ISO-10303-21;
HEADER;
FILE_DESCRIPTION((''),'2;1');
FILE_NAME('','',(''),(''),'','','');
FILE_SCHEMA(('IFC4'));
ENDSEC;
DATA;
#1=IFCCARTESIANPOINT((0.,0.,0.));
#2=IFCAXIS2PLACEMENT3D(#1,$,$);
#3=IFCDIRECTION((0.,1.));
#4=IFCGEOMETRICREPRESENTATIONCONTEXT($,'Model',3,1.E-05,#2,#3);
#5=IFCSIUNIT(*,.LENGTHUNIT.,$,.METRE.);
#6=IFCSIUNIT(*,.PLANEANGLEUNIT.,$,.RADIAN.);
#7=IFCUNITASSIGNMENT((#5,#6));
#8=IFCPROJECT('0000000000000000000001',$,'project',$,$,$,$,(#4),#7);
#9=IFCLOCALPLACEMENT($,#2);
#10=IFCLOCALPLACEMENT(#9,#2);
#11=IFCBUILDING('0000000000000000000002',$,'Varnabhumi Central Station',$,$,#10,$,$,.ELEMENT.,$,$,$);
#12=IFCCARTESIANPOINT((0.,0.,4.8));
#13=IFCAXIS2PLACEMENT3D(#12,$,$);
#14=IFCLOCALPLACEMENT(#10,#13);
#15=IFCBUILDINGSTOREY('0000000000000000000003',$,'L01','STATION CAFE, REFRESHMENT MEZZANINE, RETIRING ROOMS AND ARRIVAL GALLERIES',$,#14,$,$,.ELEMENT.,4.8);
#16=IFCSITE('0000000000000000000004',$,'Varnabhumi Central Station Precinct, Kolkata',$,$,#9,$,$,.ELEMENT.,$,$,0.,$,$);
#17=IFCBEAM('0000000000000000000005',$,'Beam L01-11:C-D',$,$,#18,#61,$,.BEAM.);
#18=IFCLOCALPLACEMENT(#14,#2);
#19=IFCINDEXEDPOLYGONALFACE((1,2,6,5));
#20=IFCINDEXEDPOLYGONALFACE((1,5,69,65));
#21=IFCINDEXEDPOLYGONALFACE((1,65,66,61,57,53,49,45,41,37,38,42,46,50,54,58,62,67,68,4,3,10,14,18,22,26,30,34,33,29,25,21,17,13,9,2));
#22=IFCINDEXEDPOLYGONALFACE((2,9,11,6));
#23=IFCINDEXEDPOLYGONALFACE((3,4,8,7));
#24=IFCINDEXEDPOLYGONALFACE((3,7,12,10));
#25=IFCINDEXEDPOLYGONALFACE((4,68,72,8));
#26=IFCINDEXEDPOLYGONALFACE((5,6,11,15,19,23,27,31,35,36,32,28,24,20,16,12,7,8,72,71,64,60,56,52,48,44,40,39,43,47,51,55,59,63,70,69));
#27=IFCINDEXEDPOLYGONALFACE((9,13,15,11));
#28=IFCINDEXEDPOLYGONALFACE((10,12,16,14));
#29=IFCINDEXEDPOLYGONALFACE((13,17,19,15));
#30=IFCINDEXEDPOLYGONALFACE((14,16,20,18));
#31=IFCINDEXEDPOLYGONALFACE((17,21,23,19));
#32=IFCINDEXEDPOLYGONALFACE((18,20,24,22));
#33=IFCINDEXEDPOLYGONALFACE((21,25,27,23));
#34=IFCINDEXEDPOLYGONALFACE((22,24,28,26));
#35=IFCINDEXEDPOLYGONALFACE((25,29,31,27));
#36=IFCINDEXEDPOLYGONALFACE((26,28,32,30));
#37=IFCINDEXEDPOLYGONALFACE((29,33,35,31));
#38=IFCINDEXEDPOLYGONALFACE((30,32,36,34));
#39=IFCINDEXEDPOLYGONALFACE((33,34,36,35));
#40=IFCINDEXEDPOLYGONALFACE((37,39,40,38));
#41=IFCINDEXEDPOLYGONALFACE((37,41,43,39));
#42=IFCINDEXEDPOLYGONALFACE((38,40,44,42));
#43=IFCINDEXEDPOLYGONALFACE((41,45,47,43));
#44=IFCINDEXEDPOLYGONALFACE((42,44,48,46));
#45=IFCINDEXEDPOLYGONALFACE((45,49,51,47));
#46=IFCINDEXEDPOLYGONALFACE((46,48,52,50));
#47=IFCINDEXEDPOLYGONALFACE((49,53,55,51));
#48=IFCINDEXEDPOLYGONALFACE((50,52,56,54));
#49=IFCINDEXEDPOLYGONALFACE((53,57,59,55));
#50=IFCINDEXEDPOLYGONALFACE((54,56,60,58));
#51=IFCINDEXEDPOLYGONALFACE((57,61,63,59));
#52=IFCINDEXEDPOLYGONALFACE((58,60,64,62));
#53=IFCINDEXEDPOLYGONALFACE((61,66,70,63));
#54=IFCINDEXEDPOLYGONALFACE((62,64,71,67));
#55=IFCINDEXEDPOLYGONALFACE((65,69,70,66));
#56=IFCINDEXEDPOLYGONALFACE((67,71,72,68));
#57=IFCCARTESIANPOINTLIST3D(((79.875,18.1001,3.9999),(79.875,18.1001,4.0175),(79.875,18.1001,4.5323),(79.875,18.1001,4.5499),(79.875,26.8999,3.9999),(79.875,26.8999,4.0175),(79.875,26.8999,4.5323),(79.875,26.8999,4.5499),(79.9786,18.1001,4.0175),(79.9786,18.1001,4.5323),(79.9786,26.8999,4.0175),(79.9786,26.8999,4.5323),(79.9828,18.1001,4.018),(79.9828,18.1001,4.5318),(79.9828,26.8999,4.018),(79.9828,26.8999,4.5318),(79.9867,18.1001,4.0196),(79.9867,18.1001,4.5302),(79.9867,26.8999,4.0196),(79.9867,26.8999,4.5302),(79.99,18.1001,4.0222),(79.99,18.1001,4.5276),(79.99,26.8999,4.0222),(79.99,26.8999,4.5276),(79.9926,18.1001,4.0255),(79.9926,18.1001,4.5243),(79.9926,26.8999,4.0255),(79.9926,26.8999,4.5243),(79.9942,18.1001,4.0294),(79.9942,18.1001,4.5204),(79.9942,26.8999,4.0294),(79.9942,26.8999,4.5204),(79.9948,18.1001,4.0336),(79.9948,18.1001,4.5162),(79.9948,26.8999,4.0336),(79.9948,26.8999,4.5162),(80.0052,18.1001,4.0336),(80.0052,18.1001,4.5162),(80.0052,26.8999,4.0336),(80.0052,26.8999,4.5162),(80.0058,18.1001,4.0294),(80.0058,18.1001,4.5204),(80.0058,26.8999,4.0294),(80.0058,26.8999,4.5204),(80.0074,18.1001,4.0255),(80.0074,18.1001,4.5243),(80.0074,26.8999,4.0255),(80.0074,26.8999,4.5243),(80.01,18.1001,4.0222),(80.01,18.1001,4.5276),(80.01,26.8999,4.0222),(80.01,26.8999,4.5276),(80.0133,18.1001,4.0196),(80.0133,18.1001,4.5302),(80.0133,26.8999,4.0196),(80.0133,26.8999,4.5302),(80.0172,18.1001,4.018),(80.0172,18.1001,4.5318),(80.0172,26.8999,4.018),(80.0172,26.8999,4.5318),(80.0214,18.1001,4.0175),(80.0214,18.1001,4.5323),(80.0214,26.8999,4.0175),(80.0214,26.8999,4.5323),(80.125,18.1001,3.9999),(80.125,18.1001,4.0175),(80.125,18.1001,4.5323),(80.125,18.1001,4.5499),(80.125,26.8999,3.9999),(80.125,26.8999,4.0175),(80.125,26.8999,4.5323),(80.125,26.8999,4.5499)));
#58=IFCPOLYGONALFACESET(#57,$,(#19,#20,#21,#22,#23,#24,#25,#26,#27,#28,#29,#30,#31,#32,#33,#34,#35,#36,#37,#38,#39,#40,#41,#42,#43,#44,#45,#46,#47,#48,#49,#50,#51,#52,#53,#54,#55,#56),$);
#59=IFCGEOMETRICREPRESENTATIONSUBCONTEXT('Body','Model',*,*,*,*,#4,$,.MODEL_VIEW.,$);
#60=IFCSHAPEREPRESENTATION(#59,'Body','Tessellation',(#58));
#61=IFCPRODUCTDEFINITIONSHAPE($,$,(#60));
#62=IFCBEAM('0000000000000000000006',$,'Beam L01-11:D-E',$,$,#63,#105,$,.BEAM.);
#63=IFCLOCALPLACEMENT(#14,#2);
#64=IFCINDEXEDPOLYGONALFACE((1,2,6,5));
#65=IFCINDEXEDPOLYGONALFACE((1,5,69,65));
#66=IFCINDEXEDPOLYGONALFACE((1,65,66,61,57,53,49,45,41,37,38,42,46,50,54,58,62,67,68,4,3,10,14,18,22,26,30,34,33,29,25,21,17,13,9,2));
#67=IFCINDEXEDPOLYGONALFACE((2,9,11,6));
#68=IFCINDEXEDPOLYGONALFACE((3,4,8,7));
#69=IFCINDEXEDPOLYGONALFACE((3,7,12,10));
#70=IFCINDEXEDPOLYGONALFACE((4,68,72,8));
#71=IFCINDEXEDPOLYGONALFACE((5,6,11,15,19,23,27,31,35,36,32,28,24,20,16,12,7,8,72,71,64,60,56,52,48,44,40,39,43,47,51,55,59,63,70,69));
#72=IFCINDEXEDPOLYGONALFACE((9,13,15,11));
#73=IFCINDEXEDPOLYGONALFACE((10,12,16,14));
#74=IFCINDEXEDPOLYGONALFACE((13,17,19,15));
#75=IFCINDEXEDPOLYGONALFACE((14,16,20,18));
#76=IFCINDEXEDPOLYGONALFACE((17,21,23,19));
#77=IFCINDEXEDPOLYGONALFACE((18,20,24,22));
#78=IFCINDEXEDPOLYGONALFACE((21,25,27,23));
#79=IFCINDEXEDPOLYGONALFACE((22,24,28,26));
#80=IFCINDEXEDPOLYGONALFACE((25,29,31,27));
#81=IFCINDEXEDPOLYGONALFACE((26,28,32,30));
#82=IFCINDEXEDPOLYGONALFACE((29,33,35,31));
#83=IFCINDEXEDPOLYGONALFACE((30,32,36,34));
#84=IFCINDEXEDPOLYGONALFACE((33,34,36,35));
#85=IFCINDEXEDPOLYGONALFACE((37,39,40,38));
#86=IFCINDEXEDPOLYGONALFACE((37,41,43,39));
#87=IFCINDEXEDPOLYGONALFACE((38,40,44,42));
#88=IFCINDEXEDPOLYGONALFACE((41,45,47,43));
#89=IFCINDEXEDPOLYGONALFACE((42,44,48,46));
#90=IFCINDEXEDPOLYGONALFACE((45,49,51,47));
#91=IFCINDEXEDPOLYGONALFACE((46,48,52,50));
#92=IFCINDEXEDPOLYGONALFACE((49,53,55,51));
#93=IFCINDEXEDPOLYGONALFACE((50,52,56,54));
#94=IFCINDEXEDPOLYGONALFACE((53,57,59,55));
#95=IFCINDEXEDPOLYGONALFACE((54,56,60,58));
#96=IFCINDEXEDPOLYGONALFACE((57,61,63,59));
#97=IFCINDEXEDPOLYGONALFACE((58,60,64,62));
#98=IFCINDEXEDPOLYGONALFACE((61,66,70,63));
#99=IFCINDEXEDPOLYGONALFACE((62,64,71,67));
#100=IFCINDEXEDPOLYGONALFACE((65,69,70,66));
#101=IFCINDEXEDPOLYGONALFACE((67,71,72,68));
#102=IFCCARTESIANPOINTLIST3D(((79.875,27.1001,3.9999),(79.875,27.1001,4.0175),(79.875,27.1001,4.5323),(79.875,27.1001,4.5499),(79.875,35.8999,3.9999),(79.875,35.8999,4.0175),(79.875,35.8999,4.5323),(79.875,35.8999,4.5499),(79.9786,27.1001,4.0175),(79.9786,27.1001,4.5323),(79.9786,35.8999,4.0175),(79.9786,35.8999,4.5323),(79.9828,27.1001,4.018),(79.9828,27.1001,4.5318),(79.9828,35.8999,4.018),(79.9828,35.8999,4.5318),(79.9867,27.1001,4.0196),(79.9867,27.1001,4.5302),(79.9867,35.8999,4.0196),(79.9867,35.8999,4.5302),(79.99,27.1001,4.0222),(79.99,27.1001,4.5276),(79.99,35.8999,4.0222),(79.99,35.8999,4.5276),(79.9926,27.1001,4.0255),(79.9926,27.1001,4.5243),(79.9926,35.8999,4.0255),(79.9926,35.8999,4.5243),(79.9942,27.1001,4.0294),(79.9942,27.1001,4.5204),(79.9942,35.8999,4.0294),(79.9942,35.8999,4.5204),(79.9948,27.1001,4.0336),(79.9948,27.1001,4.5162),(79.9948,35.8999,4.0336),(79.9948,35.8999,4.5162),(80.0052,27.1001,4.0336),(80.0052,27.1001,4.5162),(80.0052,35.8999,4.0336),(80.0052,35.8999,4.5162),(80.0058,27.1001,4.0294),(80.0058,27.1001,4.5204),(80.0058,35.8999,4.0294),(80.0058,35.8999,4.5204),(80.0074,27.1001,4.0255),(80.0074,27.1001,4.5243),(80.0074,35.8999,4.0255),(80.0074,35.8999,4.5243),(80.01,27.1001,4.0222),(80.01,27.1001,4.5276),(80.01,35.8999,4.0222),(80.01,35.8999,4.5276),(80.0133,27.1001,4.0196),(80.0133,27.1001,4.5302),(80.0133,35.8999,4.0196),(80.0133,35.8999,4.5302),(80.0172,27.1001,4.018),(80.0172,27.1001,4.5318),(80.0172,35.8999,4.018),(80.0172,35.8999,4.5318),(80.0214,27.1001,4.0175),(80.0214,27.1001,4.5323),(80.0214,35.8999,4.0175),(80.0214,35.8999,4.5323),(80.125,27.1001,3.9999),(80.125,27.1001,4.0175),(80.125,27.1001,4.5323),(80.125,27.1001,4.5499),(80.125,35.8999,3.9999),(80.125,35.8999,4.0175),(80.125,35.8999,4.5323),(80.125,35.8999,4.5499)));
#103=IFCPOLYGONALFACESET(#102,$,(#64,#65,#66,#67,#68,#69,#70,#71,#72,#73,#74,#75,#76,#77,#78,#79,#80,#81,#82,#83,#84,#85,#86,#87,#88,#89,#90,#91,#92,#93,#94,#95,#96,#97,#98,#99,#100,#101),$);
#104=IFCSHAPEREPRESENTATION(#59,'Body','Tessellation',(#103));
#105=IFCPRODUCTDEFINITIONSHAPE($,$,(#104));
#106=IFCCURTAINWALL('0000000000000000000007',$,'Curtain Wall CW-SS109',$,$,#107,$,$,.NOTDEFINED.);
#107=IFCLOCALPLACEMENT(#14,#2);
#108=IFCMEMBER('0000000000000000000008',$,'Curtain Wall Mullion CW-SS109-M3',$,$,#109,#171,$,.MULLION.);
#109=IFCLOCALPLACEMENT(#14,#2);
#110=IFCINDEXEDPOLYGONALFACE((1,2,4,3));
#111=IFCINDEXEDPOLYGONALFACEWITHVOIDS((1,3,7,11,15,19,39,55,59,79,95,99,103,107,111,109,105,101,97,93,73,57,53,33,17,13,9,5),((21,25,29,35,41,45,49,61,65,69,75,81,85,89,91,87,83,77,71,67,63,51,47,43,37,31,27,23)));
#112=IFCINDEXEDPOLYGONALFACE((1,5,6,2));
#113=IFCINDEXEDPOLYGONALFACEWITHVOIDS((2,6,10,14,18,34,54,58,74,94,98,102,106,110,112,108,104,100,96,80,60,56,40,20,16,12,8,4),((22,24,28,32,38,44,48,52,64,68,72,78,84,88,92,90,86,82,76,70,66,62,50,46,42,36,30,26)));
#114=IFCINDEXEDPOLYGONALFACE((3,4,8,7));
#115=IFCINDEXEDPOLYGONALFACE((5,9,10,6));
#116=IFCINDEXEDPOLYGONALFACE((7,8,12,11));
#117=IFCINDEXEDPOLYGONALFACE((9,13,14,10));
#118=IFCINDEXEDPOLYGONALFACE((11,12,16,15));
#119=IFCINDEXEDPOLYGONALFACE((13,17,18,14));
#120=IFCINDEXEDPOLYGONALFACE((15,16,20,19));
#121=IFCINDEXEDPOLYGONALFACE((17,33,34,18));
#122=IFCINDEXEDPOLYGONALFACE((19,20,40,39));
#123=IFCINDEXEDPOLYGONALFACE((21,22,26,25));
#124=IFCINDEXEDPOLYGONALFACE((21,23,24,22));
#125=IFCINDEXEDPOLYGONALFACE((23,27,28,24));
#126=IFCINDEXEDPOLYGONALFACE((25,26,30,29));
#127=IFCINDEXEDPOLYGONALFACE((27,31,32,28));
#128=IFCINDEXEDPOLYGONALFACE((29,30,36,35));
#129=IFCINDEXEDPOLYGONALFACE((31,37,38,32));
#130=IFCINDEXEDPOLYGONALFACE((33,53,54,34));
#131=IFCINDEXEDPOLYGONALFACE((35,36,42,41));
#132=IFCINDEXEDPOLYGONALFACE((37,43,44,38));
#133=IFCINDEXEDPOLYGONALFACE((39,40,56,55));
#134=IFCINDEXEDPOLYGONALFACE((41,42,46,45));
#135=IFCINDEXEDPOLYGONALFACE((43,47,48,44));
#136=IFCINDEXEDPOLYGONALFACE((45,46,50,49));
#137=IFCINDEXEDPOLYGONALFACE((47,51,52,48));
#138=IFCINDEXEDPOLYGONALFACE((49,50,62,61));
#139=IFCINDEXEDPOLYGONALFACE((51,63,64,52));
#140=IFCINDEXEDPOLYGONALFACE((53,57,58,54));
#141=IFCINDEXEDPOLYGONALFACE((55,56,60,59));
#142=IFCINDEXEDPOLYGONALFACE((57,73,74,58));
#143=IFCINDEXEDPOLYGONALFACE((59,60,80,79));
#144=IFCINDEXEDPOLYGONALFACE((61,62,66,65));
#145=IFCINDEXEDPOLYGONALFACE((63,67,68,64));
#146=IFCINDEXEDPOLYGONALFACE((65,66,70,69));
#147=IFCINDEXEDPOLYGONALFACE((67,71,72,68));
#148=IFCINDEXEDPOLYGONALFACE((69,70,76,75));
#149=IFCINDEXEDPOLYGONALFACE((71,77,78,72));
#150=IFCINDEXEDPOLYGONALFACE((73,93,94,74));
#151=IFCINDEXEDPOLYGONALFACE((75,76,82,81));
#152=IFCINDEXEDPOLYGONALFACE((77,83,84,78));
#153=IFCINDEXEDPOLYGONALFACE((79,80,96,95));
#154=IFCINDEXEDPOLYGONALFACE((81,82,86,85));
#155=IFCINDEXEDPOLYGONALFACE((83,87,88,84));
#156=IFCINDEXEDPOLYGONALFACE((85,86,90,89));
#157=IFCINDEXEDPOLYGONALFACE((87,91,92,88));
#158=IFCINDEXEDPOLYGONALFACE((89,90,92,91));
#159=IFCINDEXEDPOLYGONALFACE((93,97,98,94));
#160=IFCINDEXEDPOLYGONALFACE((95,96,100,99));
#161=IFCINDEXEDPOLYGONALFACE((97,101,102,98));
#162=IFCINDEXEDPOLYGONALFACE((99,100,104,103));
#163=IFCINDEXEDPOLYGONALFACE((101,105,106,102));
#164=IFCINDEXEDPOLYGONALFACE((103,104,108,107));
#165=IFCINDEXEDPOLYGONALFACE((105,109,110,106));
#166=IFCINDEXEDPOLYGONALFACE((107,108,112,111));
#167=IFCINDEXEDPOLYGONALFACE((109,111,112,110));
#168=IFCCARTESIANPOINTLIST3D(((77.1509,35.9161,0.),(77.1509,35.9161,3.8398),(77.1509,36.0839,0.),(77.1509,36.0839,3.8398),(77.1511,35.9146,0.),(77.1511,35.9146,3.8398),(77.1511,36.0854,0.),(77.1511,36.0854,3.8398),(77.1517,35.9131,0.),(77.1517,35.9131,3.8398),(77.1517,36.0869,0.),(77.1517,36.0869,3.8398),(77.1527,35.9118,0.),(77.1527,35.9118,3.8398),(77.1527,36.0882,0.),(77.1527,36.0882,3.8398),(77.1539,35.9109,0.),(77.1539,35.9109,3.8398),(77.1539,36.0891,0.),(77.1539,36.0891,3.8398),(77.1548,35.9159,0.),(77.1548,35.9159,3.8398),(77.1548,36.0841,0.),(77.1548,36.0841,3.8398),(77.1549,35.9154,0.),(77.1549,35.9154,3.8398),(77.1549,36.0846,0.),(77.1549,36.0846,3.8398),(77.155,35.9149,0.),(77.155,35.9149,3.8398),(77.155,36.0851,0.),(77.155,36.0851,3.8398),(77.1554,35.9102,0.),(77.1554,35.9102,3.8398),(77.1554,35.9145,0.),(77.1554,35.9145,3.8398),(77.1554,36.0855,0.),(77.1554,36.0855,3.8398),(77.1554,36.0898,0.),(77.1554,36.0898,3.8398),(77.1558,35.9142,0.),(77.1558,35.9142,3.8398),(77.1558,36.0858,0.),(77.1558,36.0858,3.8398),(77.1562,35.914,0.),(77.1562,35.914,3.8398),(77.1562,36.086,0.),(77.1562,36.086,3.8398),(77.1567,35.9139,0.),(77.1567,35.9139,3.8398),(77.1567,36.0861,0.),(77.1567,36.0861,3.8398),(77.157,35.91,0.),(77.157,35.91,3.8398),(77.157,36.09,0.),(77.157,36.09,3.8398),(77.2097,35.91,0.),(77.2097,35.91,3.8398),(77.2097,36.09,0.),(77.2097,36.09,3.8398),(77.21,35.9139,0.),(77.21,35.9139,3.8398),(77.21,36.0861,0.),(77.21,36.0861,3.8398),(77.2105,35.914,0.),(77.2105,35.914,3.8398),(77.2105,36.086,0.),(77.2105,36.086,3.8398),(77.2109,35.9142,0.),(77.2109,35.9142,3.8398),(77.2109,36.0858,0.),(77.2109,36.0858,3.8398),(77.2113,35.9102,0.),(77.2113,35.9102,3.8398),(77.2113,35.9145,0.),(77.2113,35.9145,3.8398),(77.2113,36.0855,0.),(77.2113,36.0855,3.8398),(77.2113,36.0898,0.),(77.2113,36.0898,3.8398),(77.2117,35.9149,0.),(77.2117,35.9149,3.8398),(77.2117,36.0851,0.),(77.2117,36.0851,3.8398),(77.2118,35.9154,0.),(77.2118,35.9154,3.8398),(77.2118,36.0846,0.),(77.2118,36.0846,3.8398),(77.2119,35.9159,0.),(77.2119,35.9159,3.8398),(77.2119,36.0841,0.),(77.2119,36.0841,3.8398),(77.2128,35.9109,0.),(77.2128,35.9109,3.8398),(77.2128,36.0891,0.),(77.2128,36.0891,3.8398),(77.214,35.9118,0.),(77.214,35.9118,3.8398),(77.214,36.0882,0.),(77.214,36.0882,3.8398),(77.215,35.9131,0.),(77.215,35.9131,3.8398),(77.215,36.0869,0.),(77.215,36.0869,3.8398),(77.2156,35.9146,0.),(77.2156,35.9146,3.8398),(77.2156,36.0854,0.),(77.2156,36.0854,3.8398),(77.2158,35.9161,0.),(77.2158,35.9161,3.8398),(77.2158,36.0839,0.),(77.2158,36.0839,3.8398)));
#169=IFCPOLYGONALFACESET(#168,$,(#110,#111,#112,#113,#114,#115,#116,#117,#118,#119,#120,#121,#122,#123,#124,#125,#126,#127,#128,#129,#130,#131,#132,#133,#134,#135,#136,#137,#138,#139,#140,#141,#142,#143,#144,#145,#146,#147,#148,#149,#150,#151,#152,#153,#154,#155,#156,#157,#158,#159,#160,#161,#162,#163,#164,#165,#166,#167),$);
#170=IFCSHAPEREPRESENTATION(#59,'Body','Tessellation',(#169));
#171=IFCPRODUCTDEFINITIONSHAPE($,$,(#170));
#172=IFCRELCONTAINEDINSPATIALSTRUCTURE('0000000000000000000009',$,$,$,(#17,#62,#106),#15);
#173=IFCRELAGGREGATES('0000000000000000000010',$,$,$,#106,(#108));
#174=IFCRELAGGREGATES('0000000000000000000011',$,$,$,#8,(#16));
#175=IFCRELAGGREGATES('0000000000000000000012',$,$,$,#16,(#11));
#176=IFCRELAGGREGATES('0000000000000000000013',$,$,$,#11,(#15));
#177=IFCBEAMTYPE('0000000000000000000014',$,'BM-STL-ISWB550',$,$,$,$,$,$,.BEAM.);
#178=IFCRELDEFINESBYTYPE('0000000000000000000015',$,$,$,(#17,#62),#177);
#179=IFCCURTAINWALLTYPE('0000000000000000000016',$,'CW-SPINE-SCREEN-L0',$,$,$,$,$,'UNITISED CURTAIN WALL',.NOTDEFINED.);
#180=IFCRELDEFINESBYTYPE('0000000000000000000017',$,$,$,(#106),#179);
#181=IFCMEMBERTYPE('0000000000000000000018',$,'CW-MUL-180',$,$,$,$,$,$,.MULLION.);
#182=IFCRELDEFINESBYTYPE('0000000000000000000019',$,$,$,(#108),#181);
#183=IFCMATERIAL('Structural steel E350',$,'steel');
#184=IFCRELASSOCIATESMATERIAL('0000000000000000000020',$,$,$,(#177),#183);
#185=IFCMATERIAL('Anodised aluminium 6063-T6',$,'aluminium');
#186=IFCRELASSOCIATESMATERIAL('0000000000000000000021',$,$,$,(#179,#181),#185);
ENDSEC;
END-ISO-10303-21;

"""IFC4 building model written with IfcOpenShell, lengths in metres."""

from ifc_helpers import new_model, si_unit, direction, frame, origin, origin_2d, place, context, subcontext, project, spatial, hollow_rectangle, i_section, extrude, material, material_profile, profile_set, type_object, element, aggregate, save


model = new_model("IFC4")

# Units and contexts
model_context = context("Model", 3, precision=1e-05, world=origin(), true_north=direction((0.0, 1.0)))
body_context = subcontext(model_context, "Body", "Model", "MODEL_VIEW")
ifc_project = project(units=[si_unit("LENGTHUNIT", "METRE"), si_unit("PLANEANGLEUNIT", "RADIAN")], contexts=[model_context])

# Site, building, storey
site_placement = place(None, origin())
site = spatial("IfcSite", under=ifc_project, at=site_placement, Name="Varnabhumi Central Station Precinct, Kolkata", CompositionType="ELEMENT", RefElevation=0.0)
building_placement = place(site_placement, origin())
building = spatial("IfcBuilding", under=site, at=building_placement, Name="Varnabhumi Central Station", CompositionType="ELEMENT")
storey_placement = place(building_placement, frame((0.0, 0.0, 4.8)))
storey = spatial("IfcBuildingStorey", under=building, at=storey_placement, Name="L01", Description="STATION CAFE, REFRESHMENT MEZZANINE, RETIRING ROOMS AND ARRIVAL GALLERIES", CompositionType="ELEMENT", Elevation=4.8)

# Beams
ifc_material_1 = material(Name="Structural steel E350", Category="steel")
ifc_material_profile_1 = material_profile(ifc_material_1, i_section(OverallWidth=0.25, OverallDepth=0.55, WebThickness=0.0105, FlangeThickness=0.0176, FilletRadius=0.0161, at=origin_2d()), Name="Structural steel E350", Category="steel")
ifc_profile_set_1 = profile_set([ifc_material_profile_1], Name="Structural steel E350")
beam_type_1 = type_object("IfcBeamType", Name="BM-STL-ISWB550", PredefinedType="BEAM", material=ifc_profile_set_1)
for number, where, z_axis, x_axis, name in (
    (1, (80.0, 18.1001, 4.2749), (0.0, 1.0, 0.0), (-1.0, 0.0, 0.0), "Beam L01-11:C-D"),
    (2, (80.0, 27.1001, 4.2749), (0.0, 1.0, 0.0), (-1.0, 0.0, 0.0), "Beam L01-11:D-E"),
):
    element("IfcBeam", number, at=place(storey_placement, frame(where, z_axis=z_axis, x_axis=x_axis)), inside=storey, type_object=beam_type_1, Name=name, PredefinedType="BEAM", context=body_context, shape_type="SweptSolid", body=[
        extrude(i_section(OverallWidth=0.25, OverallDepth=0.55, WebThickness=0.0105, FlangeThickness=0.0176, FilletRadius=0.0161, at=origin_2d()), origin(), (0.0, 0.0, 1.0), 8.7998),
    ])

# Curtain wall, member
ifc_material_2 = material(Name="Anodised aluminium 6063-T6", Category="aluminium")
curtain_wall_type = type_object("IfcCurtainWallType", Name="CW-SPINE-SCREEN-L0", ElementType="UNITISED CURTAIN WALL", PredefinedType="NOTDEFINED", material=ifc_material_2)
curtain_wall_placement = place(storey_placement, origin())
curtain_wall = element("IfcCurtainWall", 3, at=curtain_wall_placement, inside=storey, type_object=curtain_wall_type, Name="Curtain Wall CW-SS109", PredefinedType="NOTDEFINED")
ifc_material_profile_2 = material_profile(ifc_material_2, hollow_rectangle(XDim=0.0649, YDim=0.1799, WallThickness=0.0039, InnerFilletRadius=0.002, OuterFilletRadius=0.0061, at=origin_2d()), Name="Anodised aluminium 6063-T6", Category="aluminium")
ifc_profile_set_2 = profile_set([ifc_material_profile_2], Name="Anodised aluminium 6063-T6")
member_type = type_object("IfcMemberType", Name="CW-MUL-180", PredefinedType="MULLION", material=ifc_profile_set_2)
member_1_placement = place(storey_placement, frame((77.1833, 36.0, 0.0), z_axis=(0.0, 0.0, 1.0), x_axis=(1.0, 0.0, 0.0)))
member_1 = element("IfcMember", 4, at=member_1_placement, type_object=member_type, Name="Curtain Wall Mullion CW-SS109-M3", PredefinedType="MULLION", context=body_context, shape_type="SweptSolid", body=[
    extrude(hollow_rectangle(XDim=0.0649, YDim=0.1799, WallThickness=0.0039, InnerFilletRadius=0.002, OuterFilletRadius=0.0061, at=origin_2d()), origin(), (0.0, 0.0, 1.0), 3.8398),
])
aggregate(curtain_wall, [member_1])

save(model, "model.ifc")
